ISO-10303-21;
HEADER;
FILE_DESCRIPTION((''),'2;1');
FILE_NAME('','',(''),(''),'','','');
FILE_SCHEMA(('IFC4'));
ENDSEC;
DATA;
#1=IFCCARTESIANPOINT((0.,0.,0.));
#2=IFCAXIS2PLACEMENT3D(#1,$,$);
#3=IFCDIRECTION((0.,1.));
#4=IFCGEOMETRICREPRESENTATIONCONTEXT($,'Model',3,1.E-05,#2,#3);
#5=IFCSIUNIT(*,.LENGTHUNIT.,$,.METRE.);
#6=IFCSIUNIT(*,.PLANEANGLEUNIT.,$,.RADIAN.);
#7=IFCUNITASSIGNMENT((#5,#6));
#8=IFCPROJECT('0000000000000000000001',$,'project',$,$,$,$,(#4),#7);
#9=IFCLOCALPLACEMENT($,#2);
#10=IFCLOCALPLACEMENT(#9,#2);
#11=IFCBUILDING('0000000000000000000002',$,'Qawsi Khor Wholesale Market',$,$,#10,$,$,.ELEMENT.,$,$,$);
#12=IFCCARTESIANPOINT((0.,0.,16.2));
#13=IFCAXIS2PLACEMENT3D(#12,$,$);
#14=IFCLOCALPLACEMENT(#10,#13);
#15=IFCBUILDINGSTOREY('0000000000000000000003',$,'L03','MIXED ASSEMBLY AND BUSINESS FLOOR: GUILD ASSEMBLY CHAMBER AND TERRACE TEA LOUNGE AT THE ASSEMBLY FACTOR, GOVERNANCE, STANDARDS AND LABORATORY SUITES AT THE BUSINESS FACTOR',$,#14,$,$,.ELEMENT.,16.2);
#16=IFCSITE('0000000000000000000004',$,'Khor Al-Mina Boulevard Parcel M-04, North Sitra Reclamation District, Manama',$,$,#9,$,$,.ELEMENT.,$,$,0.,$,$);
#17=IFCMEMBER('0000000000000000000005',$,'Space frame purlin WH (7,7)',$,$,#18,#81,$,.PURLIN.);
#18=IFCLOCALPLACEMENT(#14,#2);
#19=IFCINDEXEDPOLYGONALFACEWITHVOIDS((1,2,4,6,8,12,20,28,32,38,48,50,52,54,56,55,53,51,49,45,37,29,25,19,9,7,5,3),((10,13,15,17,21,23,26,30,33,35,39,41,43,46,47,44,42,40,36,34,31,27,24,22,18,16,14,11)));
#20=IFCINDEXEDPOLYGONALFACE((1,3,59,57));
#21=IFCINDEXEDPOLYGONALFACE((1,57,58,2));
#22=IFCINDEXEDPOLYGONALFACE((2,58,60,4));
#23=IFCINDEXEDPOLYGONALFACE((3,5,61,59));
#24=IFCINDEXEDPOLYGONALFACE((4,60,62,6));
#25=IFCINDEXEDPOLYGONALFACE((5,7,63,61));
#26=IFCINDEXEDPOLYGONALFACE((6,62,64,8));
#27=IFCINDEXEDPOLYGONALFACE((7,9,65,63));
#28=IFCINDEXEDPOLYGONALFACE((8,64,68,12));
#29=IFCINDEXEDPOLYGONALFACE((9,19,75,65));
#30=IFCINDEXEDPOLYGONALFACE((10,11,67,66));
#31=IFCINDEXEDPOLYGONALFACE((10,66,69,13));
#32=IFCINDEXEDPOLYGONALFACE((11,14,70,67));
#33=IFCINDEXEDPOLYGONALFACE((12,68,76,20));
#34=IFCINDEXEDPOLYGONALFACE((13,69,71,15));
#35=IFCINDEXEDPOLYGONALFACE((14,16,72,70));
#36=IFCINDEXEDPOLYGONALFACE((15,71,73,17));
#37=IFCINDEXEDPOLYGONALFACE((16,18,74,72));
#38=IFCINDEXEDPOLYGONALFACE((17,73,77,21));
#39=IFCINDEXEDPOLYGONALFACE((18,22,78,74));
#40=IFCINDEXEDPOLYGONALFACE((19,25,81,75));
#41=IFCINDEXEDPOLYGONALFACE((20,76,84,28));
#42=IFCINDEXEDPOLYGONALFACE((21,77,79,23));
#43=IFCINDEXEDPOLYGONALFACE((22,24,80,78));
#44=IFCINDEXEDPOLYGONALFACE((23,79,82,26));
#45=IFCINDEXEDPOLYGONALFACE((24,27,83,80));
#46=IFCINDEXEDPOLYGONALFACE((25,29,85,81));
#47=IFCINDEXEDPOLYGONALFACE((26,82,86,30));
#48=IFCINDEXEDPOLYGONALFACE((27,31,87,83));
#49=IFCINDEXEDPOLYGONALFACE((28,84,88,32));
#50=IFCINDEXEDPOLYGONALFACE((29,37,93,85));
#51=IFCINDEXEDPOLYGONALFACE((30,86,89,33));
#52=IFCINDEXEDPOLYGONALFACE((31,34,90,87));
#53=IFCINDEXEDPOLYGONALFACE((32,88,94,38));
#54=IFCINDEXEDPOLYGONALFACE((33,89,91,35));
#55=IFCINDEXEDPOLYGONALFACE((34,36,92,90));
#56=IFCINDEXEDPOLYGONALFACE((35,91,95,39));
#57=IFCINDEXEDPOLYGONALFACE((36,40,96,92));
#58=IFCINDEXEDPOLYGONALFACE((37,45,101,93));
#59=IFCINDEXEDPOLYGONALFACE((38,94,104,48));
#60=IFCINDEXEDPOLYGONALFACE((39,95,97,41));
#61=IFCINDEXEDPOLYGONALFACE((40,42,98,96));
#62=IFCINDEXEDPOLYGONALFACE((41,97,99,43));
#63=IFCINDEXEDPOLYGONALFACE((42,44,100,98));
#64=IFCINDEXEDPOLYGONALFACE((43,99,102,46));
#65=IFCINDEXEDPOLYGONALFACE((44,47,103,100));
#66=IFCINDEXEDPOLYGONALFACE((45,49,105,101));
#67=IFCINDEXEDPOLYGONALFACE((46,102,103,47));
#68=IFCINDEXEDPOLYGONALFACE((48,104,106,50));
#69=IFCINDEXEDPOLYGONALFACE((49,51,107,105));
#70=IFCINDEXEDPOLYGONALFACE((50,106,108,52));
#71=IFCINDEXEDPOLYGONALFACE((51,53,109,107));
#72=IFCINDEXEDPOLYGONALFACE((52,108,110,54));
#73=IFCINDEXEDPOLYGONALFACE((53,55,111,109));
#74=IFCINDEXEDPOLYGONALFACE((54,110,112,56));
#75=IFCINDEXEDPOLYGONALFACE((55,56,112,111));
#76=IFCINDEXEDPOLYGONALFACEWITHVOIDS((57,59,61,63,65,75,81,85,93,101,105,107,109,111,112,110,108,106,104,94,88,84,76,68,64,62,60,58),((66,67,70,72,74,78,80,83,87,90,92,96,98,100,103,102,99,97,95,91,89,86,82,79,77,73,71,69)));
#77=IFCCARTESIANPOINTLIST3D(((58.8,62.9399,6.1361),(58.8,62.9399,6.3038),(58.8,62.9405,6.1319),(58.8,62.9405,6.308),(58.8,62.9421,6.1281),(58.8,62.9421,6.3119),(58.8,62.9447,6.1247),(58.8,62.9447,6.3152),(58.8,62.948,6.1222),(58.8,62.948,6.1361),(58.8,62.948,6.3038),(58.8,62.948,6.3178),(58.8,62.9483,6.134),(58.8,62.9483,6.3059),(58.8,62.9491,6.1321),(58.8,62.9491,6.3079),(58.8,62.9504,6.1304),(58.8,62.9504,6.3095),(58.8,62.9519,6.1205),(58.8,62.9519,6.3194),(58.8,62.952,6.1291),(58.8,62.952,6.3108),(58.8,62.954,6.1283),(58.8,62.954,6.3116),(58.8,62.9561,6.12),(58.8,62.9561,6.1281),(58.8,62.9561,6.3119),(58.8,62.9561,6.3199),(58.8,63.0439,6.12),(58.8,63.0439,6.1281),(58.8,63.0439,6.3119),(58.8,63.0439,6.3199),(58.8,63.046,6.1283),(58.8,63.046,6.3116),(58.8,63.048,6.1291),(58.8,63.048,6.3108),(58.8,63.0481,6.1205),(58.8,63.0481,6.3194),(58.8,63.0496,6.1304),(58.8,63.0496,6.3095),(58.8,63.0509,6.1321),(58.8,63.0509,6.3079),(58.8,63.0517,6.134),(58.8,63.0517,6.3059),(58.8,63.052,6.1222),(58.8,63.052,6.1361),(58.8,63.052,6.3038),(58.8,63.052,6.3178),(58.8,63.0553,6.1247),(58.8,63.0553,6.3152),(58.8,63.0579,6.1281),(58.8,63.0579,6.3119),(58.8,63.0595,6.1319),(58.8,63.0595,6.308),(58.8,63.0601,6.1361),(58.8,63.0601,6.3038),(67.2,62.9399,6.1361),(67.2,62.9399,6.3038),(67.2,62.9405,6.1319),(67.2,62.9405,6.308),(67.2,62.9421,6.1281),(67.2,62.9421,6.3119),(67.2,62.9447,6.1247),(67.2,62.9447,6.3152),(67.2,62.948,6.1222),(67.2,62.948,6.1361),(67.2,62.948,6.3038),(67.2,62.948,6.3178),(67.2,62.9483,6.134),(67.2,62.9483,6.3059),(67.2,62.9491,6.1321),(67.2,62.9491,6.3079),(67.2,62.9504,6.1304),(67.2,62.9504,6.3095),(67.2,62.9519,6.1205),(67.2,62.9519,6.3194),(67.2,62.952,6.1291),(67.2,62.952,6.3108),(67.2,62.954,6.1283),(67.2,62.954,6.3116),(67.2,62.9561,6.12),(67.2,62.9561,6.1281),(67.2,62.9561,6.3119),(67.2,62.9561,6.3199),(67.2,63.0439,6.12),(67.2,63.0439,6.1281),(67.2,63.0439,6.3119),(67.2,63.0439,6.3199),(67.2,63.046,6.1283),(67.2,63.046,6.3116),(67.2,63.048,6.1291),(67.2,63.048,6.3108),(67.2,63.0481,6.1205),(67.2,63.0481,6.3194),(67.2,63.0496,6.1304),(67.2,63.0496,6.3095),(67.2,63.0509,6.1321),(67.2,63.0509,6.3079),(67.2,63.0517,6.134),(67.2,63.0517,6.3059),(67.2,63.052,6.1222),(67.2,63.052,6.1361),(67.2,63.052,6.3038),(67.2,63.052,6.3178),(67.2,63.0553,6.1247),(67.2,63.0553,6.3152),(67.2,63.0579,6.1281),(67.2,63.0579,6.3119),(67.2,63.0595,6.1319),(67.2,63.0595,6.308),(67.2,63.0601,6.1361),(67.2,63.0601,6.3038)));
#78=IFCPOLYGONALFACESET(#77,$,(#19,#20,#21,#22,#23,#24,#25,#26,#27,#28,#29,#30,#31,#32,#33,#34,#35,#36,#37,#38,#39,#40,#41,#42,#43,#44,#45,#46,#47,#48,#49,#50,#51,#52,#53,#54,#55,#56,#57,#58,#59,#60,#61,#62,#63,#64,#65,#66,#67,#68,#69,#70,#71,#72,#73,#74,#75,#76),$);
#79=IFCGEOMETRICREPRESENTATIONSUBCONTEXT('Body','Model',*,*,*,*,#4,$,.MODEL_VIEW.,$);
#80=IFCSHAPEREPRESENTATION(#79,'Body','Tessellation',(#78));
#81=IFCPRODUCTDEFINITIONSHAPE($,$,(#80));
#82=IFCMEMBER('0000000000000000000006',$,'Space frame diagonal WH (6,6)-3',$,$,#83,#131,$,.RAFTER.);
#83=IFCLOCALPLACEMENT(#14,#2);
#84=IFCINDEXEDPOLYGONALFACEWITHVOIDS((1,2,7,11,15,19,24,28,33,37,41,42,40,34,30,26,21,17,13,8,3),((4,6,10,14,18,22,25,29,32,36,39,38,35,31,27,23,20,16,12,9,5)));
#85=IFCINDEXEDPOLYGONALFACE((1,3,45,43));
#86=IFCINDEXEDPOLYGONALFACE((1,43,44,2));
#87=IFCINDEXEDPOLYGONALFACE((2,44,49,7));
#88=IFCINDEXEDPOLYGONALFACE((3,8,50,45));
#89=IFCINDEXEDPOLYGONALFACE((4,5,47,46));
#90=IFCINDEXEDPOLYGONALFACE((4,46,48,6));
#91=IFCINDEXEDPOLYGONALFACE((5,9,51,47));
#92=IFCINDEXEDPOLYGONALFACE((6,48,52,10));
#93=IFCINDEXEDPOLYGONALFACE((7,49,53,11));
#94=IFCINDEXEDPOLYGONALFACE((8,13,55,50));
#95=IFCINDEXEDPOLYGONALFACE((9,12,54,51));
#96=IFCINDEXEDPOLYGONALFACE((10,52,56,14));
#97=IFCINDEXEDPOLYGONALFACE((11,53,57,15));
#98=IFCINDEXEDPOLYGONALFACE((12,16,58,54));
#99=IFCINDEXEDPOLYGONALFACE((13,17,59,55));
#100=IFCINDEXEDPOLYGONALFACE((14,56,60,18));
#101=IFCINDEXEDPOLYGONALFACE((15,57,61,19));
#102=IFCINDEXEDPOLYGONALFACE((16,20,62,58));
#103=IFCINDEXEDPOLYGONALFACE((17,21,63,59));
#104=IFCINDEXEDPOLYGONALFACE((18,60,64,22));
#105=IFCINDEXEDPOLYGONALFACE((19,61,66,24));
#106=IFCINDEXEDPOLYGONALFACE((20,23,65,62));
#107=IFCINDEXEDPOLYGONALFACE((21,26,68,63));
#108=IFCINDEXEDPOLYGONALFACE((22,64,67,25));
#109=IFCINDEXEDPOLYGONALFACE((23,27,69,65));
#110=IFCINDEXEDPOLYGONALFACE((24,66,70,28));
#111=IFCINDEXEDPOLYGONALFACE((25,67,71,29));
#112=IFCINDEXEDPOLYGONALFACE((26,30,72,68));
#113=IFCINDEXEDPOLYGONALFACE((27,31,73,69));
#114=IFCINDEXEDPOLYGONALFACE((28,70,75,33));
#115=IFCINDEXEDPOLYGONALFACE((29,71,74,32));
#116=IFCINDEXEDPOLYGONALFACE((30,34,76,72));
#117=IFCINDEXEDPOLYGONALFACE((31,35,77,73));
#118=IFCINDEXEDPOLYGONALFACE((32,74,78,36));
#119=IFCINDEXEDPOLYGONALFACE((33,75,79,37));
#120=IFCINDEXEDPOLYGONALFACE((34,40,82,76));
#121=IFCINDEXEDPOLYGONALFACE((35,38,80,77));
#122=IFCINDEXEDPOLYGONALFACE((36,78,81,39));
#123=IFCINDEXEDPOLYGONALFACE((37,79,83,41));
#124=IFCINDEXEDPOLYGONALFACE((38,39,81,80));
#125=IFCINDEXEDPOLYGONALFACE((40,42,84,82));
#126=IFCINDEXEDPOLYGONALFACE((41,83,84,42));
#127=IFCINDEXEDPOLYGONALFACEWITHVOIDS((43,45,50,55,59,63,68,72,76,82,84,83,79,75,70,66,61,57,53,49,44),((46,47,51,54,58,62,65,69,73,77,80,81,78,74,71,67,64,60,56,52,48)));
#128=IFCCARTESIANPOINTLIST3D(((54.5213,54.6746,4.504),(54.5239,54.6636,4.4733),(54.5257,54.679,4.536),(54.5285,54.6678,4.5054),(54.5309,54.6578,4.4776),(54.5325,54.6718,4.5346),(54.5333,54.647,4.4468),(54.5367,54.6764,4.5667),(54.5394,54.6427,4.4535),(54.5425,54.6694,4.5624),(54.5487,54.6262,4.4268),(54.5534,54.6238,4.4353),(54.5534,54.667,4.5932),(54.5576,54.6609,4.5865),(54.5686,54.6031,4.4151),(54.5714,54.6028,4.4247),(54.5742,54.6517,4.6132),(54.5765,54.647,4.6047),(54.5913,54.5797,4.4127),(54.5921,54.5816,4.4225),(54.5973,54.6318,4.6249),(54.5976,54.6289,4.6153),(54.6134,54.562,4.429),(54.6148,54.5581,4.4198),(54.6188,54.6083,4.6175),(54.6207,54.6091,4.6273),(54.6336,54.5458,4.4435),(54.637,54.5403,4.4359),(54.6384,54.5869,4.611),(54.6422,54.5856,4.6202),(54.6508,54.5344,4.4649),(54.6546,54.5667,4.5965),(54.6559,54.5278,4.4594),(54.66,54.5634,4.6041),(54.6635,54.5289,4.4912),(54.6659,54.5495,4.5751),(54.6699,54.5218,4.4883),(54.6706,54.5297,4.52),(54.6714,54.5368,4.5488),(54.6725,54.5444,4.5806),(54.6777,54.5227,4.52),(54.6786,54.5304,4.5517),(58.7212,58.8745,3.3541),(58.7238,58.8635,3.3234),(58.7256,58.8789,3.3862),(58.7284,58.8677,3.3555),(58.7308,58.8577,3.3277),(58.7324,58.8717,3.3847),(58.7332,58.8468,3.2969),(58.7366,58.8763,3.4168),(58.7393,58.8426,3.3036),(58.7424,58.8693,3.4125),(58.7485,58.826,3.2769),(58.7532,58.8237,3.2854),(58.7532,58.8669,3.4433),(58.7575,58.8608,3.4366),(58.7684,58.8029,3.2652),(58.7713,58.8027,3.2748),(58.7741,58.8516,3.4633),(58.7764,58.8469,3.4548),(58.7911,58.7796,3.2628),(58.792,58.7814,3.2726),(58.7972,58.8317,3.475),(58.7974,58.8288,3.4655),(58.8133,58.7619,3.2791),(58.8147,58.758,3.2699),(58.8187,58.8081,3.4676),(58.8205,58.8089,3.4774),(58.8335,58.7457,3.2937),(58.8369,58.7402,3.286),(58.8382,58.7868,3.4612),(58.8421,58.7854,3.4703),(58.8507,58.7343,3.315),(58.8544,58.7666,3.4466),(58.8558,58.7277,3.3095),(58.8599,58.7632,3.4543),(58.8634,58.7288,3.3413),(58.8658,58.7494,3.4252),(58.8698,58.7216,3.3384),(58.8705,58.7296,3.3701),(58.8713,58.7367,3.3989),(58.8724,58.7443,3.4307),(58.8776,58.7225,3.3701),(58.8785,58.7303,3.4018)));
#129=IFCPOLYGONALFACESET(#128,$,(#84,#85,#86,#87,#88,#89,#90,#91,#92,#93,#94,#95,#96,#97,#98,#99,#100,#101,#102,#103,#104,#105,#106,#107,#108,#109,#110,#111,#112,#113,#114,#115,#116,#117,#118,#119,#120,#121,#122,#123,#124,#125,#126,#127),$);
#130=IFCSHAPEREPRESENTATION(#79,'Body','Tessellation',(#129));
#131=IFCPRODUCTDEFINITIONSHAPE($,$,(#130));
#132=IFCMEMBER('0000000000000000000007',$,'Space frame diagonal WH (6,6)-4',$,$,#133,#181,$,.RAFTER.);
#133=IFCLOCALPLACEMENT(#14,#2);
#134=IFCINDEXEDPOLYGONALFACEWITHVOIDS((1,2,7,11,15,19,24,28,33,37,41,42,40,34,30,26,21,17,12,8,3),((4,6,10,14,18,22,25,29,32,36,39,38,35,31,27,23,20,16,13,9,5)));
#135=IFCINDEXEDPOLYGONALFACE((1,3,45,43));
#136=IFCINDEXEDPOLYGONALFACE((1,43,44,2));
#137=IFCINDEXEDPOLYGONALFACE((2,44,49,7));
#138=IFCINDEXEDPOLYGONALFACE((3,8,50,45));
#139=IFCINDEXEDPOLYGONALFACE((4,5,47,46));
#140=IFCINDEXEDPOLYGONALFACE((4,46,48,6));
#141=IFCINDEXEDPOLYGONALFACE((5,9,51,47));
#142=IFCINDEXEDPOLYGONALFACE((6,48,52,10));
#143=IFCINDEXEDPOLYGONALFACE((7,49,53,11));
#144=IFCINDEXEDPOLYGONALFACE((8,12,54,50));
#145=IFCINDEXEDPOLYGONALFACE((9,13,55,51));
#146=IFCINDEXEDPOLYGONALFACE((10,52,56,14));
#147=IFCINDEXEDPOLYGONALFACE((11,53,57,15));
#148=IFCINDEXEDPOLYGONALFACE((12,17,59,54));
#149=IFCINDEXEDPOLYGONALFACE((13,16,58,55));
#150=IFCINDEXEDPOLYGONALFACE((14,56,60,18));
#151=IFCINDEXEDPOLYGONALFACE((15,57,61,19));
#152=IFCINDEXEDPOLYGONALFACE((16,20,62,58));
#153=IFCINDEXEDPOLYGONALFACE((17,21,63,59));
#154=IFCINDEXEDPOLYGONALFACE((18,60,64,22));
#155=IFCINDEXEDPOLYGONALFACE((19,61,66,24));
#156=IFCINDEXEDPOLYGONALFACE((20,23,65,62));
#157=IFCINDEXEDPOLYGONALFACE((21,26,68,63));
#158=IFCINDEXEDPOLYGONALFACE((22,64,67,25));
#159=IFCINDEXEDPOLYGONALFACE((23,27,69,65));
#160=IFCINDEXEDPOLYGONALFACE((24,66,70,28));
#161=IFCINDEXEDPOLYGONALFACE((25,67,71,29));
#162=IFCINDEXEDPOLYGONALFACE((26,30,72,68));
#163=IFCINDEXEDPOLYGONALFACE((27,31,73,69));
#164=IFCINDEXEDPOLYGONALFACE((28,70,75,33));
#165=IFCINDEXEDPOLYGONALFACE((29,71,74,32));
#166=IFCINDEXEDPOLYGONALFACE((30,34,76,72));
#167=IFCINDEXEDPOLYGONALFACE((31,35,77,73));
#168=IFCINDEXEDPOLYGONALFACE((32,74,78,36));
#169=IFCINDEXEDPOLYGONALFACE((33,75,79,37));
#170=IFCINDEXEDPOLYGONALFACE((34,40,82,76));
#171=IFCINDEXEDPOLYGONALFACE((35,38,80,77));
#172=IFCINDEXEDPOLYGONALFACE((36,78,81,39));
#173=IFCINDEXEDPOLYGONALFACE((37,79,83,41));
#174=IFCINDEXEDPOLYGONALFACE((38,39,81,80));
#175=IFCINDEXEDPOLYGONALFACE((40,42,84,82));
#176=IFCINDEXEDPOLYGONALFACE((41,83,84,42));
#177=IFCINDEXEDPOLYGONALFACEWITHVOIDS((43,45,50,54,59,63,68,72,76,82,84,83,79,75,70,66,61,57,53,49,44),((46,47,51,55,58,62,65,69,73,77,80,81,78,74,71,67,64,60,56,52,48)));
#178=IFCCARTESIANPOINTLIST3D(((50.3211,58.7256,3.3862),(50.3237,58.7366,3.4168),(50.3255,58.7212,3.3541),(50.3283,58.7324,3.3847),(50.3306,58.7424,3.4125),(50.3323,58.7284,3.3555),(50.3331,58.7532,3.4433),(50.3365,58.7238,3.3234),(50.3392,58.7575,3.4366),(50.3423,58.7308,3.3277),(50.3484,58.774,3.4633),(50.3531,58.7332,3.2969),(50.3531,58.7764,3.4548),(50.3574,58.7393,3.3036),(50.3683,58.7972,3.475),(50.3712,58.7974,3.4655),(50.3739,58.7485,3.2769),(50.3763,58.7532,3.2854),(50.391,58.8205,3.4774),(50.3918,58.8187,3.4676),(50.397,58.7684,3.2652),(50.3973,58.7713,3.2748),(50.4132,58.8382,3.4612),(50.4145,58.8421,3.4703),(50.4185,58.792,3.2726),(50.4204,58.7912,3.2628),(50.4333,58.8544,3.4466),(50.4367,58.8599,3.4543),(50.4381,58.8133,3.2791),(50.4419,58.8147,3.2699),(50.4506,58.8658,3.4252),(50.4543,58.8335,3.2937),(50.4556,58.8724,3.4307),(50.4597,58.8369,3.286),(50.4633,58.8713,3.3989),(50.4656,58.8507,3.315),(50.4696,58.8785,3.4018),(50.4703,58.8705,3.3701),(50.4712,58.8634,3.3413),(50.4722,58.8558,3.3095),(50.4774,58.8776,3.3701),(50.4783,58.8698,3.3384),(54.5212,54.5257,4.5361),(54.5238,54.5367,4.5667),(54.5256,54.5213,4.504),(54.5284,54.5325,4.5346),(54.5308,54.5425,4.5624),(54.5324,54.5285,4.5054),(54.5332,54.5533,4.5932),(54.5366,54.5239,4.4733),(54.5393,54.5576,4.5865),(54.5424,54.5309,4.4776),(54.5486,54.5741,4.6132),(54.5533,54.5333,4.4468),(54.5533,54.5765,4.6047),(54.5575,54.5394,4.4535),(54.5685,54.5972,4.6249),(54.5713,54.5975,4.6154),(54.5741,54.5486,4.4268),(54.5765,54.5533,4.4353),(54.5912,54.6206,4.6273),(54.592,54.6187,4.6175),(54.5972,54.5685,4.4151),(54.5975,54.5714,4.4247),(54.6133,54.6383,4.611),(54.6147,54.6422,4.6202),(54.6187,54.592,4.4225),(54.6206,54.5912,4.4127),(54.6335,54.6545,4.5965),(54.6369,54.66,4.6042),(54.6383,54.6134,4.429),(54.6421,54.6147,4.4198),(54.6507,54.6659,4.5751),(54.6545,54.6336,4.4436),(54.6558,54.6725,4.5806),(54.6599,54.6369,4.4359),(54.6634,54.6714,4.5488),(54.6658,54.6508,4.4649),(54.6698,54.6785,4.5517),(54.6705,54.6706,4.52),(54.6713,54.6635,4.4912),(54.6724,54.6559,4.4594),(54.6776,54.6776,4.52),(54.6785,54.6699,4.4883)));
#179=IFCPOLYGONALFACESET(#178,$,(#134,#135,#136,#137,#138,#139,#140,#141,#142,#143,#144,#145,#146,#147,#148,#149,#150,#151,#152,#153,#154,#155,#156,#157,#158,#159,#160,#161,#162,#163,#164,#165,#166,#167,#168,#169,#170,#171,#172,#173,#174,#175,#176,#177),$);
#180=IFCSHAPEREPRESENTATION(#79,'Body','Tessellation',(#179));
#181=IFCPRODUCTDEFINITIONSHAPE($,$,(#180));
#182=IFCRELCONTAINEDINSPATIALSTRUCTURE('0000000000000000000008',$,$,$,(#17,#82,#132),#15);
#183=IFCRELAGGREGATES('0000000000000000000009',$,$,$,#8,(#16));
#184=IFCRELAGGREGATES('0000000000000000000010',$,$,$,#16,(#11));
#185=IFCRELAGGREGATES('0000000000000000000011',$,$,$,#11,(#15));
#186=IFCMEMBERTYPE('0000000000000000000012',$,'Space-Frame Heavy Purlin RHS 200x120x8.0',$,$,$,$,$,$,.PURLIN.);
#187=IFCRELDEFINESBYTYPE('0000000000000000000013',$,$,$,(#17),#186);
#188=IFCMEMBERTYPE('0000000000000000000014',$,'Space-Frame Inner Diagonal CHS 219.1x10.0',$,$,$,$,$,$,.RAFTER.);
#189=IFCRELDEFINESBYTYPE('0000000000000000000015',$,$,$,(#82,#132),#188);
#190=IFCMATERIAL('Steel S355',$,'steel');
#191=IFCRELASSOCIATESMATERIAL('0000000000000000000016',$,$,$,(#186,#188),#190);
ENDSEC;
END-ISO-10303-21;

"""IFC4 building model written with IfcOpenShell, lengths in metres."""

from ifc_helpers import new_model, si_unit, direction, frame, origin, origin_2d, place, context, subcontext, project, spatial, hollow_rectangle, hollow_circle, extrude, material, material_profile, profile_set, type_object, element, save


model = new_model("IFC4")

# Units and contexts
model_context = context("Model", 3, precision=1e-05, world=origin(), true_north=direction((0.0, 1.0)))
body_context = subcontext(model_context, "Body", "Model", "MODEL_VIEW")
ifc_project = project(units=[si_unit("LENGTHUNIT", "METRE"), si_unit("PLANEANGLEUNIT", "RADIAN")], contexts=[model_context])

# Site, building, storey
site_placement = place(None, origin())
site = spatial("IfcSite", under=ifc_project, at=site_placement, Name="Khor Al-Mina Boulevard Parcel M-04, North Sitra Reclamation District, Manama", CompositionType="ELEMENT", RefElevation=0.0)
building_placement = place(site_placement, origin())
building = spatial("IfcBuilding", under=site, at=building_placement, Name="Qawsi Khor Wholesale Market", CompositionType="ELEMENT")
storey_placement = place(building_placement, frame((0.0, 0.0, 16.2)))
storey = spatial("IfcBuildingStorey", under=building, at=storey_placement, Name="L03", Description="MIXED ASSEMBLY AND BUSINESS FLOOR: GUILD ASSEMBLY CHAMBER AND TERRACE TEA LOUNGE AT THE ASSEMBLY FACTOR, GOVERNANCE, STANDARDS AND LABORATORY SUITES AT THE BUSINESS FACTOR", CompositionType="ELEMENT", Elevation=16.2)

# Members
ifc_material_1 = material(Name="Steel S355", Category="steel")
ifc_material_profile_1 = material_profile(ifc_material_1, hollow_rectangle(XDim=0.1201, YDim=0.2, WallThickness=0.0081, InnerFilletRadius=0.0081, OuterFilletRadius=0.0161, at=origin_2d()), Name="RHS 200x120x8.0")
ifc_profile_set_1 = profile_set([ifc_material_profile_1], Name="Steel S355")
member_type_1 = type_object("IfcMemberType", Name="Space-Frame Heavy Purlin RHS 200x120x8.0", PredefinedType="PURLIN", material=ifc_profile_set_1)
for number, where, z_axis, x_axis, name in (
    (1, (58.8, 63.0, 6.22), (1.0, 0.0, 0.0), (0.0, 1.0, 0.0), "Space frame purlin WH (7,7)"),
):
    element("IfcMember", number, at=place(storey_placement, frame(where, z_axis=z_axis, x_axis=x_axis)), inside=storey, type_object=member_type_1, Name=name, PredefinedType="PURLIN", context=body_context, shape_type="SweptSolid", body=[
        extrude(hollow_rectangle(XDim=0.1201, YDim=0.2, WallThickness=0.0081, InnerFilletRadius=0.0081, OuterFilletRadius=0.0161, at=origin_2d()), origin(), (0.0, 0.0, 1.0), 8.3999),
    ])
ifc_material_profile_2 = material_profile(ifc_material_1, hollow_circle(Radius=0.1096, WallThickness=0.01, at=origin_2d()), Name="CHS 219.1x10.0")
ifc_profile_set_2 = profile_set([ifc_material_profile_2], Name="Steel S355")
member_type_2 = type_object("IfcMemberType", Name="Space-Frame Inner Diagonal CHS 219.1x10.0", PredefinedType="RAFTER", material=ifc_profile_set_2)
member_1_placement = place(storey_placement, frame((58.8, 58.8, 3.3701), z_axis=(-0.694217, -0.694217, 0.190069), x_axis=(0.707107, -0.707107, 0.0)))
element("IfcMember", 2, at=member_1_placement, inside=storey, type_object=member_type_2, Name="Space frame diagonal WH (6,6)-3", PredefinedType="RAFTER", context=body_context, shape_type="SweptSolid", body=[
    extrude(hollow_circle(Radius=0.1096, WallThickness=0.01, at=origin_2d()), origin(), (0.0, 0.0, 1.0), 6.0498),
])
member_2_placement = place(storey_placement, frame((50.3999, 58.8, 3.3701), z_axis=(0.694238, -0.694197, 0.190064), x_axis=(0.707086, 0.707127, 0.0)))
element("IfcMember", 3, at=member_2_placement, inside=storey, type_object=member_type_2, Name="Space frame diagonal WH (6,6)-4", PredefinedType="RAFTER", context=body_context, shape_type="SweptSolid", body=[
    extrude(hollow_circle(Radius=0.1096, WallThickness=0.01, at=origin_2d()), origin(), (0.0, 0.0, 1.0), 6.05),
])

save(model, "model.ifc")
